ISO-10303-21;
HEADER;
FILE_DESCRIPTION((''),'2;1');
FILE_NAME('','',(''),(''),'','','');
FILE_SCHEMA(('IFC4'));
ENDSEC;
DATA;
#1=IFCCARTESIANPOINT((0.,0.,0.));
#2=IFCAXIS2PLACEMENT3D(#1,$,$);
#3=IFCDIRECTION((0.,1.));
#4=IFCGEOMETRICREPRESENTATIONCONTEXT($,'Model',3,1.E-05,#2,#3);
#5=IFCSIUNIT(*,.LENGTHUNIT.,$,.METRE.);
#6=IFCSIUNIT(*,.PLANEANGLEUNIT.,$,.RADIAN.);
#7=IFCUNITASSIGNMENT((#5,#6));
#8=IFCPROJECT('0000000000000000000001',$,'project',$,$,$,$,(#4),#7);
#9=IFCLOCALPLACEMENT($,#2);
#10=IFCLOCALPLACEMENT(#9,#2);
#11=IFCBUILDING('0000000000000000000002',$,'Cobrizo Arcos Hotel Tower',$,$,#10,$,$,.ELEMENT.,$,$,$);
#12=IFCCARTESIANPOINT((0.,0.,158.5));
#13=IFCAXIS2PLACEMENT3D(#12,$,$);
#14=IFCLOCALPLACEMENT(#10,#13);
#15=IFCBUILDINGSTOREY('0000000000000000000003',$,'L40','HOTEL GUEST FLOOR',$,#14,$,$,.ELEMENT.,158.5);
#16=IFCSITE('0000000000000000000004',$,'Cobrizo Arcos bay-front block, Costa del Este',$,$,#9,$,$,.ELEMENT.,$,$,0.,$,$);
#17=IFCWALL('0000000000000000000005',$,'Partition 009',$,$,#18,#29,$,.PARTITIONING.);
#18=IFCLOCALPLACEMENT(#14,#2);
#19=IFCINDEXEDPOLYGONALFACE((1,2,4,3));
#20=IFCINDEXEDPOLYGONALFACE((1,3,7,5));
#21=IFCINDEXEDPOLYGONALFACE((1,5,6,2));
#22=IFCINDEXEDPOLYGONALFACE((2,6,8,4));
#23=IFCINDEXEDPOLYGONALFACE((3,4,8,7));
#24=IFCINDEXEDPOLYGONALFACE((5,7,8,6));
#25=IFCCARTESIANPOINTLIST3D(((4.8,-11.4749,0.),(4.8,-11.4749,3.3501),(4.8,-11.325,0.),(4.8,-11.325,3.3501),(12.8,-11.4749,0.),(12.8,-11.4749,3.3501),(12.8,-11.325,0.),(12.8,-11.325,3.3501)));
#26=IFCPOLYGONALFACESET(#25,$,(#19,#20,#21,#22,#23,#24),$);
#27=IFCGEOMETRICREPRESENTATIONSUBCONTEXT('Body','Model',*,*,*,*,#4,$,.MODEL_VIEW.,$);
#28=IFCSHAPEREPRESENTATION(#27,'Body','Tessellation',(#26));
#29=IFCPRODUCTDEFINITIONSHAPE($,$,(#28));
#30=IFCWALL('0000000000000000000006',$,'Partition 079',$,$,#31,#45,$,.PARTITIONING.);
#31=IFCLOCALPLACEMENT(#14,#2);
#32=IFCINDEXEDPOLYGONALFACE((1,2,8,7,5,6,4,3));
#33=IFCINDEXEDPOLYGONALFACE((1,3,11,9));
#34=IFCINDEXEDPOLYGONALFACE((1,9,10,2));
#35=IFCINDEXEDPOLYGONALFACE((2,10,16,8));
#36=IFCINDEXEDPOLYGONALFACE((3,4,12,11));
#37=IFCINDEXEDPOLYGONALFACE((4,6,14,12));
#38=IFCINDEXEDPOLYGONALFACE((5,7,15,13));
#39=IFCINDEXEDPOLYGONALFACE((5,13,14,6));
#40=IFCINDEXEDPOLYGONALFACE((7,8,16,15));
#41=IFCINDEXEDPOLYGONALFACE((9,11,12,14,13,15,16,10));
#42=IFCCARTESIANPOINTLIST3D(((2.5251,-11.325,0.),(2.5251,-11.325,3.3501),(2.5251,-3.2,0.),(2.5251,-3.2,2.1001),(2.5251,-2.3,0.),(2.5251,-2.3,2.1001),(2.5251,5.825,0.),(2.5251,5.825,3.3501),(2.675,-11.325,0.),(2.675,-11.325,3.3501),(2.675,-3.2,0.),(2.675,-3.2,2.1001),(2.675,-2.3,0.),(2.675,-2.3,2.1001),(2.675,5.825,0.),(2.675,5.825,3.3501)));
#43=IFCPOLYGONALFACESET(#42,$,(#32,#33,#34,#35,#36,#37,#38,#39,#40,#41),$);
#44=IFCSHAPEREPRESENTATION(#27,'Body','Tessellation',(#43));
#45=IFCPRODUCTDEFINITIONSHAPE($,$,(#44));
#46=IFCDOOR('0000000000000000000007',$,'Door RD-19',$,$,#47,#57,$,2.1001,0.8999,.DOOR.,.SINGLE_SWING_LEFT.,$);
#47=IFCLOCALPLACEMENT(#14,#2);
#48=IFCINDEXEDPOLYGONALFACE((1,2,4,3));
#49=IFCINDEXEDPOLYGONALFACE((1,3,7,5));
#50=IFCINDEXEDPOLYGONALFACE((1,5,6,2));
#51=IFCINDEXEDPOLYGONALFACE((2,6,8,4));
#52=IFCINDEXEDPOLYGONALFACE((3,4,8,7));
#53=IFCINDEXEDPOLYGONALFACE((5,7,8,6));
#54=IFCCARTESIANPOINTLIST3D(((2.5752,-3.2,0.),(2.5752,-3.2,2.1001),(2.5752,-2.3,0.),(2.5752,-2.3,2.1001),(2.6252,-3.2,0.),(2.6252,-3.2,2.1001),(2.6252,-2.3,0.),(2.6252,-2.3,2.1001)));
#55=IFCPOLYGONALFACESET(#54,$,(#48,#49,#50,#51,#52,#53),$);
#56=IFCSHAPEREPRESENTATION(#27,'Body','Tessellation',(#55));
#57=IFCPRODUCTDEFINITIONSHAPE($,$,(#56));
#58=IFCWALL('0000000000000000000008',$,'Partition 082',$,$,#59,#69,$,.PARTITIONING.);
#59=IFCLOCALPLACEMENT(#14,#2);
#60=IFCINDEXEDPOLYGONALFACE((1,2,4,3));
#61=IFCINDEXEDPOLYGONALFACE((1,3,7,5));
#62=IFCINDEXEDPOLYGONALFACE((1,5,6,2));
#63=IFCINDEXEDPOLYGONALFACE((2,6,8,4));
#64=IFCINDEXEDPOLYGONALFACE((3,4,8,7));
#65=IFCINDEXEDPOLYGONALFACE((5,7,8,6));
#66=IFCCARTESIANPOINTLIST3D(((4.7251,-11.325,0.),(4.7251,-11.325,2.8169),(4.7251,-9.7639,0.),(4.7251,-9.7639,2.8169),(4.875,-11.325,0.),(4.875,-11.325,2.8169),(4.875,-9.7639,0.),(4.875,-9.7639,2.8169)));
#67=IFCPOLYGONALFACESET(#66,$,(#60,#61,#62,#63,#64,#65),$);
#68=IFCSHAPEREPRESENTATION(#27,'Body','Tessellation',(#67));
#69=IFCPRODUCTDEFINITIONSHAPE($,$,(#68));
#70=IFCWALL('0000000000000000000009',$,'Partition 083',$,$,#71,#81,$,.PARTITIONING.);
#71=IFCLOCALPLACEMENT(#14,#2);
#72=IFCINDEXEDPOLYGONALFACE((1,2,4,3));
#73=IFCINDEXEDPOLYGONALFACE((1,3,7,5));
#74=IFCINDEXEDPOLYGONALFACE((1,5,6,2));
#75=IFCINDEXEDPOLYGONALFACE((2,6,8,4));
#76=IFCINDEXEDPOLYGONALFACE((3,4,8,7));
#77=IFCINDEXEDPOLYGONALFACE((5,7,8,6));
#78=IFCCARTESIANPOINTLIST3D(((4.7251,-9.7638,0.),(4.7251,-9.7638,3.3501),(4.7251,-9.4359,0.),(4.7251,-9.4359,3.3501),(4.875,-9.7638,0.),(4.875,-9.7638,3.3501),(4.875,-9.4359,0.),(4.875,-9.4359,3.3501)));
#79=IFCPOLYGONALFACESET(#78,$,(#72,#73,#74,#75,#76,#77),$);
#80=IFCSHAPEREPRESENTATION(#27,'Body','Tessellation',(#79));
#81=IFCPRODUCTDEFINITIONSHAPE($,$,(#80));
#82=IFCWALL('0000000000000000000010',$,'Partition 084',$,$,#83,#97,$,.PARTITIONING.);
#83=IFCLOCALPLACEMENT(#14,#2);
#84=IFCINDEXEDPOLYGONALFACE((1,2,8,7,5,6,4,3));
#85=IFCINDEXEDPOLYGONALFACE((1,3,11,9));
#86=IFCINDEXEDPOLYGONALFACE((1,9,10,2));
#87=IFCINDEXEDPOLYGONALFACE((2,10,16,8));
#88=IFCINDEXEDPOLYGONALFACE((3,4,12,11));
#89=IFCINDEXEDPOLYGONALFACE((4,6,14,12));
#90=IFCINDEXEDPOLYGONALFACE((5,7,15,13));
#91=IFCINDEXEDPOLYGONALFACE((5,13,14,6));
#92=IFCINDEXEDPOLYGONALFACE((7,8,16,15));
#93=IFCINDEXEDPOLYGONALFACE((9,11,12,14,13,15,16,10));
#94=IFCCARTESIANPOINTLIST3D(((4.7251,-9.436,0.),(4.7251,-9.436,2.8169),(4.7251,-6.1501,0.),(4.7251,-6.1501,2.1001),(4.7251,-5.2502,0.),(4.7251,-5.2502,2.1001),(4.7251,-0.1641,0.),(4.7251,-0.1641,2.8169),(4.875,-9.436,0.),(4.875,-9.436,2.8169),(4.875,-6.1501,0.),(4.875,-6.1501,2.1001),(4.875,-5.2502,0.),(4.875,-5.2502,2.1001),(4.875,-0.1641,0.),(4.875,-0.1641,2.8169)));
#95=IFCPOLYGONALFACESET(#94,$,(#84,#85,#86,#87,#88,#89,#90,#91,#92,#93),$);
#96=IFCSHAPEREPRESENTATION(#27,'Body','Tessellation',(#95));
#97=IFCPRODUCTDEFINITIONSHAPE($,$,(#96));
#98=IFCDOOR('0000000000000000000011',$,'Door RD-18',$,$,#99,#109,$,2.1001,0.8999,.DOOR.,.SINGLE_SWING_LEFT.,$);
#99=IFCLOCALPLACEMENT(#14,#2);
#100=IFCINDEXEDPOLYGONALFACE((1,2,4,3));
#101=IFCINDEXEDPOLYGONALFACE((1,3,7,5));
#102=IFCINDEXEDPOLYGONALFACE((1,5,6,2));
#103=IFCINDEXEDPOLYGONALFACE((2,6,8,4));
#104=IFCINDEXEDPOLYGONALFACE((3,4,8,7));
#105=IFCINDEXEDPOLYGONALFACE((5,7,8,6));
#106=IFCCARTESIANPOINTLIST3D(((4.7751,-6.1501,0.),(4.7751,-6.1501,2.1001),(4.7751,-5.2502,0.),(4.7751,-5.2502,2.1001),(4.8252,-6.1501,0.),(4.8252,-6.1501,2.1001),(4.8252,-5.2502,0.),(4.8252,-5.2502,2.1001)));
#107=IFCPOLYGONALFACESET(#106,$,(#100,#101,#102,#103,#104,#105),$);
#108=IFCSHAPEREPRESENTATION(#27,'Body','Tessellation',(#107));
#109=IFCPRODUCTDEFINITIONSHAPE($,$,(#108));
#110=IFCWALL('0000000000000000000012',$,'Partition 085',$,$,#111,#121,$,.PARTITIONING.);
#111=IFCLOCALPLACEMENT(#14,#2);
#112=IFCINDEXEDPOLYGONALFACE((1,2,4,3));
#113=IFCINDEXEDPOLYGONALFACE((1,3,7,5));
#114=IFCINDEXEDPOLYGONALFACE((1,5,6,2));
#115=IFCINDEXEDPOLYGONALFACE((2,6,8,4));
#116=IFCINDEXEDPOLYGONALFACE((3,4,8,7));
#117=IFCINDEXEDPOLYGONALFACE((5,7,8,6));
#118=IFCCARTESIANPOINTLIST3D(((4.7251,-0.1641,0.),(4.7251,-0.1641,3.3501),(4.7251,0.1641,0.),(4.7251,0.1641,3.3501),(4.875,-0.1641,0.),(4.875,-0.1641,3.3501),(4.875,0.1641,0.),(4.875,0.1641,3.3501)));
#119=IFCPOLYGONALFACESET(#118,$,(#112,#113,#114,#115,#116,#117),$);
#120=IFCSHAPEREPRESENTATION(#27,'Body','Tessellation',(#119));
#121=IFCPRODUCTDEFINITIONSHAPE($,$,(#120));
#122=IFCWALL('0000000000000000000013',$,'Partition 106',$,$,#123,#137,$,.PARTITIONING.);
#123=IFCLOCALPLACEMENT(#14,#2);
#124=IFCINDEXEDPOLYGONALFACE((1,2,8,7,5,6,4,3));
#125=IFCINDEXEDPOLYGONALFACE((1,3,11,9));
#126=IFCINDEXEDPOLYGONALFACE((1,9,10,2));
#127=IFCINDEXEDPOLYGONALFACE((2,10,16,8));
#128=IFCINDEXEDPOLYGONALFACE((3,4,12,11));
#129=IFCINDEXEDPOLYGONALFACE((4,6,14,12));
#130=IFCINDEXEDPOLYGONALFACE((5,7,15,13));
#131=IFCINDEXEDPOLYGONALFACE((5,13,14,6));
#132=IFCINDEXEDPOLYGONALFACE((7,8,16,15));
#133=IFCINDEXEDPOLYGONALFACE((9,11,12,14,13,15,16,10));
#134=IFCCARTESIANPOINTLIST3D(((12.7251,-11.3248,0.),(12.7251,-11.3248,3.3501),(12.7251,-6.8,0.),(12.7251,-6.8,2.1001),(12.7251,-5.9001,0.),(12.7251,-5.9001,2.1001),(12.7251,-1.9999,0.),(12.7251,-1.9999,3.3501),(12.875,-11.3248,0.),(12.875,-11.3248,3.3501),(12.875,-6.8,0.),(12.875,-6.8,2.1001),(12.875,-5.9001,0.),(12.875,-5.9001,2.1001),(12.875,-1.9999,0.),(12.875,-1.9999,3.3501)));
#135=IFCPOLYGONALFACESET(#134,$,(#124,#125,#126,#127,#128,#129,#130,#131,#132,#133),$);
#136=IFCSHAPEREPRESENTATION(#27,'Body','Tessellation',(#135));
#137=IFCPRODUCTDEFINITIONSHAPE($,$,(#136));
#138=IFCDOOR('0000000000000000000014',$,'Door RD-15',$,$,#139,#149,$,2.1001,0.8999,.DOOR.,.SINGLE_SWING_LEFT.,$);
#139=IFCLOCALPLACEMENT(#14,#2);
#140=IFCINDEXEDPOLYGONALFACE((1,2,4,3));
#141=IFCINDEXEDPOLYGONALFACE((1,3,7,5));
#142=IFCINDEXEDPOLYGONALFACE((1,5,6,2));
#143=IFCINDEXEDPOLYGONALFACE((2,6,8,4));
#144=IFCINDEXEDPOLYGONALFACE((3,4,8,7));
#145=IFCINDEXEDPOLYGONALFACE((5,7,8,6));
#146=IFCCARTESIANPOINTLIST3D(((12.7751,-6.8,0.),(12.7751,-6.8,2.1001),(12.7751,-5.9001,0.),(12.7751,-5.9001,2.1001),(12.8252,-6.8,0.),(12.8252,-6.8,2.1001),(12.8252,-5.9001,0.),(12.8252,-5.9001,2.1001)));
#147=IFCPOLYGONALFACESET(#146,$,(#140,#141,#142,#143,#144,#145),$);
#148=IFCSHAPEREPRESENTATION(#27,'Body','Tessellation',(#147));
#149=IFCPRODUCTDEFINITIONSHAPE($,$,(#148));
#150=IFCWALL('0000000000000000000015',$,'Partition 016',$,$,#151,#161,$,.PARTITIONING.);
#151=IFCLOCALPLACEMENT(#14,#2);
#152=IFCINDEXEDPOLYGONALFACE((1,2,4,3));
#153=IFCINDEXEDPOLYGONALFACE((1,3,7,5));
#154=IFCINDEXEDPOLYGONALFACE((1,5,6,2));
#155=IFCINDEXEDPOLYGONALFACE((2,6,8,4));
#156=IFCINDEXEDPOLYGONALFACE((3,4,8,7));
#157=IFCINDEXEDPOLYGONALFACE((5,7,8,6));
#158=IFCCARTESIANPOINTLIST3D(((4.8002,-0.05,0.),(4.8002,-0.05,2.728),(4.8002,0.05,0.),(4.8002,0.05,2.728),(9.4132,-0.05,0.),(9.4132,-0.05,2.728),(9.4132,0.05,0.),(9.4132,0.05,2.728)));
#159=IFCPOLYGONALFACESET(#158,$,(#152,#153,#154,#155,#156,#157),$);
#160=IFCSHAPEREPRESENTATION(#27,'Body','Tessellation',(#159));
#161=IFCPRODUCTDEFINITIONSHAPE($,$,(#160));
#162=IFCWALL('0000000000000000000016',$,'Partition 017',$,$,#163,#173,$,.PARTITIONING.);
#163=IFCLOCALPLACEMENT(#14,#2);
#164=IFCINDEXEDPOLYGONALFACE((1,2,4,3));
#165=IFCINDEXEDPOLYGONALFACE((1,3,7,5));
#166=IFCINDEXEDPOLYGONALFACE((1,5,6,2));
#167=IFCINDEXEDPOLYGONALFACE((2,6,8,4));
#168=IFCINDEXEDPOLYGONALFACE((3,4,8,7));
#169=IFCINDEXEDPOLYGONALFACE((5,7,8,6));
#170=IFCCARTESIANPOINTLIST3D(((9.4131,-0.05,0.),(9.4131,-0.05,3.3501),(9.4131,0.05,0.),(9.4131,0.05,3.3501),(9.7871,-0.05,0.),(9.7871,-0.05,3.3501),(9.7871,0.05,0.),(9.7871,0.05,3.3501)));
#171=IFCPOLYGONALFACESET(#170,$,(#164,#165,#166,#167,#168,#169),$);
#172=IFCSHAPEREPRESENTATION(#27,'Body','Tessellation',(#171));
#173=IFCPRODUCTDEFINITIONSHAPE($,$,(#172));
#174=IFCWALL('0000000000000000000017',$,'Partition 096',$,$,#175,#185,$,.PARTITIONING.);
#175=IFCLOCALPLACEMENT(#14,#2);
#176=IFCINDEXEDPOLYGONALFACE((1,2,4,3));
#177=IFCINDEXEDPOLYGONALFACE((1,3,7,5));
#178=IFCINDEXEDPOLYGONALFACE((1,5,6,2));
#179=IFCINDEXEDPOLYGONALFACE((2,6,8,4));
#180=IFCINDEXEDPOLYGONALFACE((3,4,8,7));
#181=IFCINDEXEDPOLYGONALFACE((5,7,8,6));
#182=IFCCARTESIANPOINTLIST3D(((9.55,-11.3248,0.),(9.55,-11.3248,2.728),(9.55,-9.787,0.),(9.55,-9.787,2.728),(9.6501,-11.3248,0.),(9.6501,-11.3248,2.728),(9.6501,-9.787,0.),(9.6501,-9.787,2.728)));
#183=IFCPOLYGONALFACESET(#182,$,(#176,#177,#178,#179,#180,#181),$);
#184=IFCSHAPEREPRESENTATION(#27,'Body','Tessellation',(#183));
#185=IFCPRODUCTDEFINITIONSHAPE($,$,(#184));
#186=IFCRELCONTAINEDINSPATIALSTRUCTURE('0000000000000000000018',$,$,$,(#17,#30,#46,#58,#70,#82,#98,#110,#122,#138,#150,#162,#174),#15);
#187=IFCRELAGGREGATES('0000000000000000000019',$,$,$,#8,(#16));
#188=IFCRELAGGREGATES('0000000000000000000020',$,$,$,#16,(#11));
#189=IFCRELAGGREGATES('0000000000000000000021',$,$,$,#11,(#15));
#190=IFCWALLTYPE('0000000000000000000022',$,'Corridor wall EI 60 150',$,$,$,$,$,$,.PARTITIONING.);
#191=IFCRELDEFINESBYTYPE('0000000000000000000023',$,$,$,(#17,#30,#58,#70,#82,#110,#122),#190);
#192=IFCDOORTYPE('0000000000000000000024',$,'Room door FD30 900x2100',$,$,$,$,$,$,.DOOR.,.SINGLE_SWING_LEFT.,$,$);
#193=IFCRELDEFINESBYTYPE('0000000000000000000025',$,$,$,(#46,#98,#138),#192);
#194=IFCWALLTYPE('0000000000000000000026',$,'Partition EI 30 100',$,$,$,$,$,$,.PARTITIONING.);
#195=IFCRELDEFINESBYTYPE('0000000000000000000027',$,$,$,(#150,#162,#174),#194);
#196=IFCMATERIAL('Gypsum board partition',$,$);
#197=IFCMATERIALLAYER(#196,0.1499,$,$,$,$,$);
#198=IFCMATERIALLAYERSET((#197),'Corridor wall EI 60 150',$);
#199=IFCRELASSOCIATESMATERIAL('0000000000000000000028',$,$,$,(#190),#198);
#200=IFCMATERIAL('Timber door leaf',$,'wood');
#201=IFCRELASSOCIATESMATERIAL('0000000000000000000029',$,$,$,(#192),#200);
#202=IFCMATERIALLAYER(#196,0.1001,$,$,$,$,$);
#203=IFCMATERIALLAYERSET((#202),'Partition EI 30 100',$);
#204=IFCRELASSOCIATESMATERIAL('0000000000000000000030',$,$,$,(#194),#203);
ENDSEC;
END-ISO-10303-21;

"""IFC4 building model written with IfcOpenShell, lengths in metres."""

from ifc_helpers import new_model, si_unit, direction, frame, frame_2d, origin, place, context, subcontext, project, spatial, rectangle, extrude, material, layer, layer_set, type_object, element, fill, save


model = new_model("IFC4")

# Units and contexts
model_context = context("Model", 3, precision=1e-05, world=origin(), true_north=direction((0.0, 1.0)))
body_context = subcontext(model_context, "Body", "Model", "MODEL_VIEW")
ifc_project = project(units=[si_unit("LENGTHUNIT", "METRE"), si_unit("PLANEANGLEUNIT", "RADIAN")], contexts=[model_context])

# Site, building, storey
site_placement = place(None, origin())
site = spatial("IfcSite", under=ifc_project, at=site_placement, Name="Cobrizo Arcos bay-front block, Costa del Este", CompositionType="ELEMENT", RefElevation=0.0)
building_placement = place(site_placement, origin())
building = spatial("IfcBuilding", under=site, at=building_placement, Name="Cobrizo Arcos Hotel Tower", CompositionType="ELEMENT")
storey_placement = place(building_placement, frame((0.0, 0.0, 158.5)))
storey = spatial("IfcBuildingStorey", under=building, at=storey_placement, Name="L40", Description="HOTEL GUEST FLOOR", CompositionType="ELEMENT", Elevation=158.5)

# Wall
ifc_material_1 = material(Name="Gypsum board partition")
ifc_layer_1 = layer(ifc_material_1, 0.1499)
ifc_layer_set_1 = layer_set([ifc_layer_1], Name="Corridor wall EI 60 150")
wall_type_1 = type_object("IfcWallType", Name="Corridor wall EI 60 150", PredefinedType="PARTITIONING", material=ifc_layer_set_1)
wall_1_placement = place(storey_placement, frame((4.8, -11.3999, 0.0), z_axis=(0.0, 0.0, 1.0), x_axis=(1.0, 0.0, 0.0)))
element("IfcWall", 1, at=wall_1_placement, inside=storey, type_object=wall_type_1, Name="Partition 009", PredefinedType="PARTITIONING", context=body_context, shape_type="SweptSolid", body=[
    extrude(rectangle(XDim=8.0, YDim=0.1499, at=frame_2d((4.0, 0.0))), origin(), (0.0, 0.0, 1.0), 3.3501),
])

# Wall, opening, door
wall_2_placement = place(storey_placement, frame((2.6001, -11.325, 0.0), z_axis=(0.0, 0.0, 1.0), x_axis=(0.0, 1.0, 0.0)))
wall_2 = element("IfcWall", 2, at=wall_2_placement, inside=storey, type_object=wall_type_1, Name="Partition 079", PredefinedType="PARTITIONING", context=body_context, shape_type="SweptSolid", body=[
    extrude(rectangle(XDim=17.1499, YDim=0.1499, at=frame_2d((8.575, 0.0))), origin(), (0.0, 0.0, 1.0), 3.3501),
])
opening_1_placement = place(wall_2_placement, frame((8.125, 0.0, 0.0)))
opening_1 = element("IfcOpeningElement", 3, at=opening_1_placement, cuts=wall_2, PredefinedType="OPENING", context=body_context, shape_type="SweptSolid", body=[
    extrude(rectangle(XDim=0.8999, YDim=2.1001, at=frame_2d((0.45, 1.05))), frame((0.0, 0.0869, 0.0), z_axis=(0.0, -1.0, 0.0), x_axis=(1.0, 0.0, 0.0)), (0.0, 0.0, 1.0), 0.1738),
])
ifc_material_2 = material(Name="Timber door leaf", Category="wood")
door_type_1 = type_object("IfcDoorType", Name="Room door FD30 900x2100", OperationType="SINGLE_SWING_LEFT", PredefinedType="DOOR", material=ifc_material_2)
door_1_placement = place(opening_1_placement, origin())
door_1 = element("IfcDoor", 4, at=door_1_placement, inside=storey, type_object=door_type_1, Name="Door RD-19", OperationType="SINGLE_SWING_LEFT", OverallHeight=2.1001, OverallWidth=0.8999, PredefinedType="DOOR", context=body_context, shape_type="SweptSolid", body=[
    extrude(rectangle(XDim=0.8999, YDim=2.1001, at=frame_2d((0.45, 1.05))), frame((0.0, 0.0249, 0.0), z_axis=(0.0, -1.0, 0.0), x_axis=(1.0, 0.0, 0.0)), (0.0, 0.0, 1.0), 0.05),
])
fill(opening_1, door_1)

# Walls
wall_3_placement = place(storey_placement, frame((4.8, -11.325, 0.0), z_axis=(0.0, 0.0, 1.0), x_axis=(0.0, 1.0, 0.0)))
element("IfcWall", 5, at=wall_3_placement, inside=storey, type_object=wall_type_1, Name="Partition 082", PredefinedType="PARTITIONING", context=body_context, shape_type="SweptSolid", body=[
    extrude(rectangle(XDim=1.561, YDim=0.1499, at=frame_2d((0.7805, 0.0))), origin(), (0.0, 0.0, 1.0), 2.8169),
])
wall_4_placement = place(storey_placement, frame((4.8, -9.7639, 0.0), z_axis=(0.0, 0.0, 1.0), x_axis=(0.0, 1.0, 0.0)))
element("IfcWall", 6, at=wall_4_placement, inside=storey, type_object=wall_type_1, Name="Partition 083", PredefinedType="PARTITIONING", context=body_context, shape_type="SweptSolid", body=[
    extrude(rectangle(XDim=0.3279, YDim=0.1499, at=frame_2d((0.1641, 0.0))), origin(), (0.0, 0.0, 1.0), 3.3501),
])

# Wall, opening, door
wall_5_placement = place(storey_placement, frame((4.8, -9.436, 0.0), z_axis=(0.0, 0.0, 1.0), x_axis=(0.0, 1.0, 0.0)))
wall_5 = element("IfcWall", 7, at=wall_5_placement, inside=storey, type_object=wall_type_1, Name="Partition 084", PredefinedType="PARTITIONING", context=body_context, shape_type="SweptSolid", body=[
    extrude(rectangle(XDim=9.272, YDim=0.1499, at=frame_2d((4.636, 0.0))), origin(), (0.0, 0.0, 1.0), 2.8169),
])
opening_2_placement = place(wall_5_placement, frame((3.2859, 0.0, 0.0)))
opening_2 = element("IfcOpeningElement", 8, at=opening_2_placement, cuts=wall_5, PredefinedType="OPENING", context=body_context, shape_type="SweptSolid", body=[
    extrude(rectangle(XDim=0.8999, YDim=2.1001, at=frame_2d((0.45, 1.05))), frame((0.0, 0.0869, 0.0), z_axis=(0.0, -1.0, 0.0), x_axis=(1.0, 0.0, 0.0)), (0.0, 0.0, 1.0), 0.1738),
])
door_2_placement = place(opening_2_placement, origin())
door_2 = element("IfcDoor", 9, at=door_2_placement, inside=storey, type_object=door_type_1, Name="Door RD-18", OperationType="SINGLE_SWING_LEFT", OverallHeight=2.1001, OverallWidth=0.8999, PredefinedType="DOOR", context=body_context, shape_type="SweptSolid", body=[
    extrude(rectangle(XDim=0.8999, YDim=2.1001, at=frame_2d((0.45, 1.05))), frame((0.0, 0.0249, 0.0), z_axis=(0.0, -1.0, 0.0), x_axis=(1.0, 0.0, 0.0)), (0.0, 0.0, 1.0), 0.05),
])
fill(opening_2, door_2)

# Wall
wall_6_placement = place(storey_placement, frame((4.8, -0.1641, 0.0), z_axis=(0.0, 0.0, 1.0), x_axis=(0.0, 1.0, 0.0)))
element("IfcWall", 10, at=wall_6_placement, inside=storey, type_object=wall_type_1, Name="Partition 085", PredefinedType="PARTITIONING", context=body_context, shape_type="SweptSolid", body=[
    extrude(rectangle(XDim=0.3281, YDim=0.1499, at=frame_2d((0.1641, 0.0))), origin(), (0.0, 0.0, 1.0), 3.3501),
])

# Wall, opening, door
wall_7_placement = place(storey_placement, frame((12.8, -11.325, 0.0), z_axis=(0.0, 0.0, 1.0), x_axis=(0.0, 1.0, 0.0)))
wall_7 = element("IfcWall", 11, at=wall_7_placement, inside=storey, type_object=wall_type_1, Name="Partition 106", PredefinedType="PARTITIONING", context=body_context, shape_type="SweptSolid", body=[
    extrude(rectangle(XDim=9.325, YDim=0.1499, at=frame_2d((4.6626, 0.0))), origin(), (0.0, 0.0, 1.0), 3.3501),
])
opening_3_placement = place(wall_7_placement, frame((4.5249, 0.0, 0.0)))
opening_3 = element("IfcOpeningElement", 12, at=opening_3_placement, cuts=wall_7, PredefinedType="OPENING", context=body_context, shape_type="SweptSolid", body=[
    extrude(rectangle(XDim=0.8999, YDim=2.1001, at=frame_2d((0.45, 1.05))), frame((0.0, 0.0869, 0.0), z_axis=(0.0, -1.0, 0.0), x_axis=(1.0, 0.0, 0.0)), (0.0, 0.0, 1.0), 0.1738),
])
door_3_placement = place(opening_3_placement, origin())
door_3 = element("IfcDoor", 13, at=door_3_placement, inside=storey, type_object=door_type_1, Name="Door RD-15", OperationType="SINGLE_SWING_LEFT", OverallHeight=2.1001, OverallWidth=0.8999, PredefinedType="DOOR", context=body_context, shape_type="SweptSolid", body=[
    extrude(rectangle(XDim=0.8999, YDim=2.1001, at=frame_2d((0.45, 1.05))), frame((0.0, 0.0249, 0.0), z_axis=(0.0, -1.0, 0.0), x_axis=(1.0, 0.0, 0.0)), (0.0, 0.0, 1.0), 0.05),
])
fill(opening_3, door_3)

# Walls
ifc_layer_2 = layer(ifc_material_1, 0.1001)
ifc_layer_set_2 = layer_set([ifc_layer_2], Name="Partition EI 30 100")
wall_type_2 = type_object("IfcWallType", Name="Partition EI 30 100", PredefinedType="PARTITIONING", material=ifc_layer_set_2)
wall_8_placement = place(storey_placement, frame((4.8, 0.0, 0.0), z_axis=(0.0, 0.0, 1.0), x_axis=(1.0, 0.0, 0.0)))
element("IfcWall", 14, at=wall_8_placement, inside=storey, type_object=wall_type_2, Name="Partition 016", PredefinedType="PARTITIONING", context=body_context, shape_type="SweptSolid", body=[
    extrude(rectangle(XDim=4.613, YDim=0.1001, at=frame_2d((2.3066, 0.0))), origin(), (0.0, 0.0, 1.0), 2.728),
])
wall_9_placement = place(storey_placement, frame((9.4131, 0.0, 0.0), z_axis=(0.0, 0.0, 1.0), x_axis=(1.0, 0.0, 0.0)))
element("IfcWall", 15, at=wall_9_placement, inside=storey, type_object=wall_type_2, Name="Partition 017", PredefinedType="PARTITIONING", context=body_context, shape_type="SweptSolid", body=[
    extrude(rectangle(XDim=0.374, YDim=0.1001, at=frame_2d((0.187, 0.0))), origin(), (0.0, 0.0, 1.0), 3.3501),
])
wall_10_placement = place(storey_placement, frame((9.6001, -11.325, 0.0), z_axis=(0.0, 0.0, 1.0), x_axis=(0.0, 1.0, 0.0)))
element("IfcWall", 16, at=wall_10_placement, inside=storey, type_object=wall_type_2, Name="Partition 096", PredefinedType="PARTITIONING", context=body_context, shape_type="SweptSolid", body=[
    extrude(rectangle(XDim=1.5378, YDim=0.1001, at=frame_2d((0.769, 0.0))), origin(), (0.0, 0.0, 1.0), 2.728),
])

save(model, "model.ifc")
